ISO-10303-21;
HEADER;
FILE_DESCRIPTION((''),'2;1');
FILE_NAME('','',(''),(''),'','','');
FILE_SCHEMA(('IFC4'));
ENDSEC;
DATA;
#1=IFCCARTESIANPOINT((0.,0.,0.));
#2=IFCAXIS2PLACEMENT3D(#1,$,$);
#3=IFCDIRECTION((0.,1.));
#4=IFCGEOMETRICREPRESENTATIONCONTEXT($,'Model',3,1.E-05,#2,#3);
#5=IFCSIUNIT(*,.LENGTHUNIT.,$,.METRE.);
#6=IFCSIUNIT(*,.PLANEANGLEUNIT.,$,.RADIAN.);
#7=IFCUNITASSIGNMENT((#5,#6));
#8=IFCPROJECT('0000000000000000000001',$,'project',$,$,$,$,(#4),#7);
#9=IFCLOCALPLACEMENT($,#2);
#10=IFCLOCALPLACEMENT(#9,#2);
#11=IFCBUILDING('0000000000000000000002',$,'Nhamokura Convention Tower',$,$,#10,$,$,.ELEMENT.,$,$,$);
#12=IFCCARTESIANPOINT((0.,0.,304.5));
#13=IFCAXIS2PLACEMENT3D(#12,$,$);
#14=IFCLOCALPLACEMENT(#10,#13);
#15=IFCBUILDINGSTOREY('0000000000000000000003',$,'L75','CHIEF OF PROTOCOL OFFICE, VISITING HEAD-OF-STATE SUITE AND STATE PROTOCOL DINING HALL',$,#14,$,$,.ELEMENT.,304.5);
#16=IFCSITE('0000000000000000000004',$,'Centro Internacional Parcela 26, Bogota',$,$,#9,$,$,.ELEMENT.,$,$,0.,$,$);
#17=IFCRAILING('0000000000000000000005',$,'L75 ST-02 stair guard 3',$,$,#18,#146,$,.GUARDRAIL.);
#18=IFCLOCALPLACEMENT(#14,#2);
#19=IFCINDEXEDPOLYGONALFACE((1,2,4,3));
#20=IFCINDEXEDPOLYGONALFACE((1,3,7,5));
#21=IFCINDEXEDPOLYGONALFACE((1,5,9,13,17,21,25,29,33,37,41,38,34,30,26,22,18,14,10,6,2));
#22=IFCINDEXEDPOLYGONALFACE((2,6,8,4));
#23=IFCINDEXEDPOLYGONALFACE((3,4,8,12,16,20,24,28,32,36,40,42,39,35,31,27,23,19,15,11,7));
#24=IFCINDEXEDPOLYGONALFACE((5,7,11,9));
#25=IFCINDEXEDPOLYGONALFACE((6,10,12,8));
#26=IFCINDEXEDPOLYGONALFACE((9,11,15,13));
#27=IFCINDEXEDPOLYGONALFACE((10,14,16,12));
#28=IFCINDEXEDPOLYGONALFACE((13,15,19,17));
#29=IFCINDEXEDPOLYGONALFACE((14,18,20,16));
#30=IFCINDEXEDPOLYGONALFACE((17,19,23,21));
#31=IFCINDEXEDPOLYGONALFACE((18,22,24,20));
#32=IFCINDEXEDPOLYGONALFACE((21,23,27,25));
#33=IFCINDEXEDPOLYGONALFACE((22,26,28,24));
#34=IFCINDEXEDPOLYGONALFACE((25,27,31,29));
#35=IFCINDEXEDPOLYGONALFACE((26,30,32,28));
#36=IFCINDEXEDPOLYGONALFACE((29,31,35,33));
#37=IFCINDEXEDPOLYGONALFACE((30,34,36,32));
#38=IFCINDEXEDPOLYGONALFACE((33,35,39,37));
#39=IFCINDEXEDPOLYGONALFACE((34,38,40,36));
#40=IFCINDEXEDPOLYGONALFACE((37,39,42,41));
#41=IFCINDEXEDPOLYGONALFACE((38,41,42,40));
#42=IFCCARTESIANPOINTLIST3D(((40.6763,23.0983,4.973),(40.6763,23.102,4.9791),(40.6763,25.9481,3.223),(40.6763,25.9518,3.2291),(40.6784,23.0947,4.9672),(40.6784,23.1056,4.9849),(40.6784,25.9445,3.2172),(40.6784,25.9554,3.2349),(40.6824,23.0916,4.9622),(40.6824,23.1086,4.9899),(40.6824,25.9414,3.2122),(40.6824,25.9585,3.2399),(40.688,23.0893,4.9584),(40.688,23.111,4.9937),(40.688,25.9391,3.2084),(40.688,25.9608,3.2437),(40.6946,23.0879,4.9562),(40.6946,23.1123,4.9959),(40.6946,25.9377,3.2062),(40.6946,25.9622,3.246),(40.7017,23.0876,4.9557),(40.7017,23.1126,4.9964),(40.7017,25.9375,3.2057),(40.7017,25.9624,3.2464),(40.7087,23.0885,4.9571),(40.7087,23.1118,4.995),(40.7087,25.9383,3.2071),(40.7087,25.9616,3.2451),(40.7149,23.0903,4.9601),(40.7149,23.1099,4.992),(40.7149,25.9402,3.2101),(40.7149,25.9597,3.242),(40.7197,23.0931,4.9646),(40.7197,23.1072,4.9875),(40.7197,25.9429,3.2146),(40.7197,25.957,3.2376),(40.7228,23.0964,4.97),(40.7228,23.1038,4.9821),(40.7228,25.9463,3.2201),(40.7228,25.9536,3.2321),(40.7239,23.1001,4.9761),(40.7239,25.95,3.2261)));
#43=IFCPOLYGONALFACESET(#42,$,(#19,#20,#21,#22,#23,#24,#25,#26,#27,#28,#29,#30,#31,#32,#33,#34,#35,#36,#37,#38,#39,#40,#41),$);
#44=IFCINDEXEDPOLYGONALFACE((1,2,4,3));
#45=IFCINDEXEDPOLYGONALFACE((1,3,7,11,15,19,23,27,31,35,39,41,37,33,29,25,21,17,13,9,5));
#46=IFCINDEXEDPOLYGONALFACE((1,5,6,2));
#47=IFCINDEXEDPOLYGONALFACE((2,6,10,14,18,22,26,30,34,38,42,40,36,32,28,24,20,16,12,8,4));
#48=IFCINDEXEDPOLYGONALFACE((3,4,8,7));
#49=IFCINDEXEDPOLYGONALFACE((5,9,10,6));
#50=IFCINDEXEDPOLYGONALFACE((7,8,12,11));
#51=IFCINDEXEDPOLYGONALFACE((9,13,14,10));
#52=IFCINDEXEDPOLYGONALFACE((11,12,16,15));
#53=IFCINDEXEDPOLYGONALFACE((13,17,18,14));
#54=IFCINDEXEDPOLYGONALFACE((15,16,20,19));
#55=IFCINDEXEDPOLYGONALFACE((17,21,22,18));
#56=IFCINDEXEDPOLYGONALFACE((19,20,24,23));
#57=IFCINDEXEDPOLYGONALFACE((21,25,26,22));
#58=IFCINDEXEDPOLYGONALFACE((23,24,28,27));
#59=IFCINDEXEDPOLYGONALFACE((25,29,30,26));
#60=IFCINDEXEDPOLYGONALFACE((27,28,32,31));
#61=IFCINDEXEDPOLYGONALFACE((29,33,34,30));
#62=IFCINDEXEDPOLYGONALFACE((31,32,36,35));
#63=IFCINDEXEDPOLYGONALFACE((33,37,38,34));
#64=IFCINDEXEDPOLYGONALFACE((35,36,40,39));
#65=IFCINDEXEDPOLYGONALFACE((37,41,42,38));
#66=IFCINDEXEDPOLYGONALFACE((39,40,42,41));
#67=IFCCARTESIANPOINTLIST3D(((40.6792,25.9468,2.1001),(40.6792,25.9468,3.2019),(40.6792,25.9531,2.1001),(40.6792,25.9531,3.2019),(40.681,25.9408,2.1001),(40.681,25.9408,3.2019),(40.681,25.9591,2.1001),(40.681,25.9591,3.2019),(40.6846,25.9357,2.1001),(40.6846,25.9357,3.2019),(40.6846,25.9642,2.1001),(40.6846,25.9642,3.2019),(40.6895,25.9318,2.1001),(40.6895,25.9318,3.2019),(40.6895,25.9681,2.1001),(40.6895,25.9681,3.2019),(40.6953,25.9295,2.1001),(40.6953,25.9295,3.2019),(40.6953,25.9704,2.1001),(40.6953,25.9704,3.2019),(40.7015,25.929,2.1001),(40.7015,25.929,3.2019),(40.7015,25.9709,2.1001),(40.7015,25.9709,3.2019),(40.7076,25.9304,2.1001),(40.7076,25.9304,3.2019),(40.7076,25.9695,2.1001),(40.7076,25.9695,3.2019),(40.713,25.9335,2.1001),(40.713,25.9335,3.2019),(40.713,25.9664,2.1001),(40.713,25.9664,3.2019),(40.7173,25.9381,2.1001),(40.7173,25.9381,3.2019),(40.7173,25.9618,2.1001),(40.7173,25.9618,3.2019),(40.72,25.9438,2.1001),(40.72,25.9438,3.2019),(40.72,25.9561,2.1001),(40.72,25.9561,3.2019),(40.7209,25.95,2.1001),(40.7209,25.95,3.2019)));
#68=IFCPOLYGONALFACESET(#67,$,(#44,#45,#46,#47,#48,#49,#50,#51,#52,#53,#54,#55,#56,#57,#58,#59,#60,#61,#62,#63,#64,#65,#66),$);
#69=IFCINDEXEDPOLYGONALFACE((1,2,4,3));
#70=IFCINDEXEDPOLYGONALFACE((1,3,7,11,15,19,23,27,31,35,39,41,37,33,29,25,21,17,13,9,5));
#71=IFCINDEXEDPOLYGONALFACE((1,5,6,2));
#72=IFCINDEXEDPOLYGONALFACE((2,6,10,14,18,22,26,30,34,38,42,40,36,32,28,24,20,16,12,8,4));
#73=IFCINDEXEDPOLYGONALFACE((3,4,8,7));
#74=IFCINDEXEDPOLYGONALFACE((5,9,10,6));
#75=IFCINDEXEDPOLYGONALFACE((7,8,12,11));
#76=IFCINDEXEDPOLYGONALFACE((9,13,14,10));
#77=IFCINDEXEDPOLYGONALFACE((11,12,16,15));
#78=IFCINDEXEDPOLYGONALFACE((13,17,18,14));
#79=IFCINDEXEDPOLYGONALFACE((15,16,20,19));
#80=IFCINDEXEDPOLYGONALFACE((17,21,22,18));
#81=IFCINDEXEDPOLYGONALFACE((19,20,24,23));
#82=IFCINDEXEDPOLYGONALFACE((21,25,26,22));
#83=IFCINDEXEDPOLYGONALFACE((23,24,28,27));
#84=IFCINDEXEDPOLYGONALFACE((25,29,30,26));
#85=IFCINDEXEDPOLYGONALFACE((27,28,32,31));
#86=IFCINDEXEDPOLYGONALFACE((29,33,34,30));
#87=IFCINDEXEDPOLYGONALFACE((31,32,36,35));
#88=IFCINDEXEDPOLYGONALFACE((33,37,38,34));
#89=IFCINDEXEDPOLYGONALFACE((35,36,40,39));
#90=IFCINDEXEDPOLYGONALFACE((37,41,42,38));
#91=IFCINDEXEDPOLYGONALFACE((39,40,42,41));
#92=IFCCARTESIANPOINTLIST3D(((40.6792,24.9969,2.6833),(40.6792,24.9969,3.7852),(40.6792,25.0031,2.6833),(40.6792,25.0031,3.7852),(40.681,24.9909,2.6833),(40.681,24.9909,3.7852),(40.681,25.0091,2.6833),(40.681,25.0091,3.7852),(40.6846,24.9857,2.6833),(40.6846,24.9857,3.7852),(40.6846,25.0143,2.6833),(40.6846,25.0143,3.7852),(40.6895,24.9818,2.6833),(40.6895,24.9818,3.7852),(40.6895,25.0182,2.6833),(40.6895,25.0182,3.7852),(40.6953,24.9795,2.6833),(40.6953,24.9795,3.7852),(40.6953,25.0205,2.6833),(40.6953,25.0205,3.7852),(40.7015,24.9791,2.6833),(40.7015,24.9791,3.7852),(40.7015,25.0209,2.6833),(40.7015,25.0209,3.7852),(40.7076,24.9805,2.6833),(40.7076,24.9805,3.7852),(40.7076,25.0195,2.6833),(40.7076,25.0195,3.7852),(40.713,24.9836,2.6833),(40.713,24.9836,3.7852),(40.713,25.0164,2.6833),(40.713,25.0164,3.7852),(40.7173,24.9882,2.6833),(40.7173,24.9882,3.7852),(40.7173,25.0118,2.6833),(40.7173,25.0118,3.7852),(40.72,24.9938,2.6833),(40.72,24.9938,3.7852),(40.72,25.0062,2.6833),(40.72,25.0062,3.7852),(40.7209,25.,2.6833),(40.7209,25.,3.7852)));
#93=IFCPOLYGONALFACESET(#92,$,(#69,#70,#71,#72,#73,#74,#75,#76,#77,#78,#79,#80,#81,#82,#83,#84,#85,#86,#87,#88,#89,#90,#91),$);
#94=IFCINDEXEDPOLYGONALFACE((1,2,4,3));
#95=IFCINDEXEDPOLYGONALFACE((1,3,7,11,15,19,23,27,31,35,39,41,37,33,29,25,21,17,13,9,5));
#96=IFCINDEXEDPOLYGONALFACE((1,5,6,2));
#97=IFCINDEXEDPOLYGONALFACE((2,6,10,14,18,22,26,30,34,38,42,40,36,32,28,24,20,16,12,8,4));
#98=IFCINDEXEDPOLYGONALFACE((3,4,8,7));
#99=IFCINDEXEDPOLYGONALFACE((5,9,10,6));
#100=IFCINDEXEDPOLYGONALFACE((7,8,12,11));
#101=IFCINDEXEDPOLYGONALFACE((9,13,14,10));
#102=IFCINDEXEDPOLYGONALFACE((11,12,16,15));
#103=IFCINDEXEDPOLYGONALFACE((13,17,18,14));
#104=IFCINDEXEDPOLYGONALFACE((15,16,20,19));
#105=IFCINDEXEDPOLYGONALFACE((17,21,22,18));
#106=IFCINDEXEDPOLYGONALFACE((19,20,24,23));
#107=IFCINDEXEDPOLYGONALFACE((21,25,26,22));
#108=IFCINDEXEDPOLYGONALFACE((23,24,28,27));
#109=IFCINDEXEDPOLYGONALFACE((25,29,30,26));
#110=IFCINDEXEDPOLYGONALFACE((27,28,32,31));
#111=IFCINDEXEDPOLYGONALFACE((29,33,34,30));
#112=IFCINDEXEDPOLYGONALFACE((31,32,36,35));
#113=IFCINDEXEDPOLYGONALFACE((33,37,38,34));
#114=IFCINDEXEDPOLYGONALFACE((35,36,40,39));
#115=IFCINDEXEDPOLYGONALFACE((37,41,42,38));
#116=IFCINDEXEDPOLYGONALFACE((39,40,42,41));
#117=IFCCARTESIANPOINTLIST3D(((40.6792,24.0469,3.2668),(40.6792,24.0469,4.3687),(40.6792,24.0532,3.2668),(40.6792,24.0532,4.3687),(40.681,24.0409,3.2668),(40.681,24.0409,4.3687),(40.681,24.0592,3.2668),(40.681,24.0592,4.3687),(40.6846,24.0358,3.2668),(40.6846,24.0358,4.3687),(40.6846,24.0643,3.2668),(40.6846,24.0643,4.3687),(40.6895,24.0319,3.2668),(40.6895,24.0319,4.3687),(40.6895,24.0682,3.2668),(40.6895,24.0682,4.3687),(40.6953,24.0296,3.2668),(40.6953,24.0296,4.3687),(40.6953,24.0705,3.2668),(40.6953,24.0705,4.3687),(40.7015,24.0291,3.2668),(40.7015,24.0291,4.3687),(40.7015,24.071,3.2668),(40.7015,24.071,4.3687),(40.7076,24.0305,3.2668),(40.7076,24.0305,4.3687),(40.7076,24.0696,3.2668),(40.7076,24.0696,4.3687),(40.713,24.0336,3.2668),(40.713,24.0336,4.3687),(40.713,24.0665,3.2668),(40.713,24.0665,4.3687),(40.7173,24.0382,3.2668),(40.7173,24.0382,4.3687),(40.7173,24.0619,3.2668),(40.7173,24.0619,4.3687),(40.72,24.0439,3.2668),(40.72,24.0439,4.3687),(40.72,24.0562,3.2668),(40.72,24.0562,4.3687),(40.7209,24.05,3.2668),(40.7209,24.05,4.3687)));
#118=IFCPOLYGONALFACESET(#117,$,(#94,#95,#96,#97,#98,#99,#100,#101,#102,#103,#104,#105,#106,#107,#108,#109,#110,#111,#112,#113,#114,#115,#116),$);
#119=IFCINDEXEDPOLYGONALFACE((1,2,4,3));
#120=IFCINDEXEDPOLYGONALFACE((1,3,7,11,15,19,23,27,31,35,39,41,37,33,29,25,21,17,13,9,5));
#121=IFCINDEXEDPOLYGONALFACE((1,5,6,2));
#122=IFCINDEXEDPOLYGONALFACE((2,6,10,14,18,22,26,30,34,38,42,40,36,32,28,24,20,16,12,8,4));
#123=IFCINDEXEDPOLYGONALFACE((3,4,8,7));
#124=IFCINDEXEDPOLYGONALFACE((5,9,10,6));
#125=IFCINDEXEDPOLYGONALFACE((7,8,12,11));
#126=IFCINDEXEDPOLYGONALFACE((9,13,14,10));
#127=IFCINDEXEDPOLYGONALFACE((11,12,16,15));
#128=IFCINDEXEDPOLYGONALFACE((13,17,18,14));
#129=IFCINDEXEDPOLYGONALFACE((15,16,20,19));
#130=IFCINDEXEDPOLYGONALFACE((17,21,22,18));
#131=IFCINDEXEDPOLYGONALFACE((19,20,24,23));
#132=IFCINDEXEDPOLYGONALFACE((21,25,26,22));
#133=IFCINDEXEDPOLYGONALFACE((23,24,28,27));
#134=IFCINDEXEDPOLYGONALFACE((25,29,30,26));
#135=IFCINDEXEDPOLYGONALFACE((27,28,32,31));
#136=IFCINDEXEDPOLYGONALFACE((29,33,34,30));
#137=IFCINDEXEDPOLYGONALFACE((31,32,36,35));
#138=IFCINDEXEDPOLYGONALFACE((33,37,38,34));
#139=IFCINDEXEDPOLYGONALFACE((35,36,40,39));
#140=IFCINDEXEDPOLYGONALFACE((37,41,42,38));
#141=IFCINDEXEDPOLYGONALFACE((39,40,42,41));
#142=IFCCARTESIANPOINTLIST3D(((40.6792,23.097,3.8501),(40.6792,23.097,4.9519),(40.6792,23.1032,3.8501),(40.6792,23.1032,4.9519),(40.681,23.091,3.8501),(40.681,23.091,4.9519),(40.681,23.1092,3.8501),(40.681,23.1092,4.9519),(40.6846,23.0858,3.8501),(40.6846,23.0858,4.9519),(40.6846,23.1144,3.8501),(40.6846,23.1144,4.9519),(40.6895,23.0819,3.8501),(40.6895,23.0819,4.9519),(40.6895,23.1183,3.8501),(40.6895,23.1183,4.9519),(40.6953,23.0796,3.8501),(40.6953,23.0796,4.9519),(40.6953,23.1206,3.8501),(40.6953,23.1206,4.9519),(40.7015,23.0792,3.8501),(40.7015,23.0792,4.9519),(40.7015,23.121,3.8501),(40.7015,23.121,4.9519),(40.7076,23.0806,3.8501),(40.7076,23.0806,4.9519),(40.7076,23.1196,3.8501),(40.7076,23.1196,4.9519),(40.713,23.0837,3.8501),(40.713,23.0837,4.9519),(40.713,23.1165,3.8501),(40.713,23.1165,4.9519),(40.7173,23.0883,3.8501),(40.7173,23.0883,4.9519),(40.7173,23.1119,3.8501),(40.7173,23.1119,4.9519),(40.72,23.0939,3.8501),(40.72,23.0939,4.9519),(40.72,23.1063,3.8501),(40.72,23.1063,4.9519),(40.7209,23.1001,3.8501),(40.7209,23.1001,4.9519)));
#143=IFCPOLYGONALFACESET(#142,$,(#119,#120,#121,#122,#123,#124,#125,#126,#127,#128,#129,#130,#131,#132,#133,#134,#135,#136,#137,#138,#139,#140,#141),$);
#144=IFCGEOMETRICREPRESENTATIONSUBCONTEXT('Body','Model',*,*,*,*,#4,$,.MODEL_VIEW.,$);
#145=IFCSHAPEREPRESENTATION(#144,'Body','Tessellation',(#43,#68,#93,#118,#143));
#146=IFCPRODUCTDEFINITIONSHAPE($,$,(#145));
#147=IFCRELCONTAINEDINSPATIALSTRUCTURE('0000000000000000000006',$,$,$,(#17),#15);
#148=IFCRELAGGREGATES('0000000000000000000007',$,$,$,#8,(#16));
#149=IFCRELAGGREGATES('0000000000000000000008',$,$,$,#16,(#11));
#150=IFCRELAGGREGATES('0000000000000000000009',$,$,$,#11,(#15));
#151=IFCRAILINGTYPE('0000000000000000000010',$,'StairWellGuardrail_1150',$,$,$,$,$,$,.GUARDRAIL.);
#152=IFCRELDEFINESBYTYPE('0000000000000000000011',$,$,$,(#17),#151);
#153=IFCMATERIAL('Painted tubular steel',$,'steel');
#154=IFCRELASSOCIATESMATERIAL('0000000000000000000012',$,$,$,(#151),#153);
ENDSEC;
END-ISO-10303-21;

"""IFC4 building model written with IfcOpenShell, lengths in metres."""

from ifc_helpers import new_model, si_unit, direction, frame, origin, origin_2d, place, context, subcontext, project, spatial, circle, extrude, material, type_object, element, save


model = new_model("IFC4")

# Units and contexts
model_context = context("Model", 3, precision=1e-05, world=origin(), true_north=direction((0.0, 1.0)))
body_context = subcontext(model_context, "Body", "Model", "MODEL_VIEW")
ifc_project = project(units=[si_unit("LENGTHUNIT", "METRE"), si_unit("PLANEANGLEUNIT", "RADIAN")], contexts=[model_context])

# Site, building, storey
site_placement = place(None, origin())
site = spatial("IfcSite", under=ifc_project, at=site_placement, Name="Centro Internacional Parcela 26, Bogota", CompositionType="ELEMENT", RefElevation=0.0)
building_placement = place(site_placement, origin())
building = spatial("IfcBuilding", under=site, at=building_placement, Name="Nhamokura Convention Tower", CompositionType="ELEMENT")
storey_placement = place(building_placement, frame((0.0, 0.0, 304.5)))
storey = spatial("IfcBuildingStorey", under=building, at=storey_placement, Name="L75", Description="CHIEF OF PROTOCOL OFFICE, VISITING HEAD-OF-STATE SUITE AND STATE PROTOCOL DINING HALL", CompositionType="ELEMENT", Elevation=304.5)

# Railing
ifc_material_1 = material(Name="Painted tubular steel", Category="steel")
railing_type_1 = type_object("IfcRailingType", Name="StairWellGuardrail_1150", PredefinedType="GUARDRAIL", material=ifc_material_1)
railing_1_placement = place(storey_placement, frame((40.7, 25.95, 2.1001)))
element("IfcRailing", 1, at=railing_1_placement, inside=storey, type_object=railing_type_1, Name="L75 ST-02 stair guard 3", PredefinedType="GUARDRAIL", context=body_context, shape_type="SweptSolid", body=[
    extrude(circle(Radius=0.0239, at=origin_2d()), frame((0.0, 0.0, 1.126), z_axis=(0.0, -0.852159, 0.523283), x_axis=(1.0, 0.0, 0.0)), (0.0, 0.0, 1.0), 3.3442),
    extrude(circle(Radius=0.021, at=origin_2d()), origin(), (0.0, 0.0, 1.0), 1.1018),
    extrude(circle(Radius=0.021, at=origin_2d()), frame((0.0, -0.95, 0.5833)), (0.0, 0.0, 1.0), 1.1018),
    extrude(circle(Radius=0.021, at=origin_2d()), frame((0.0, -1.8999, 1.1667)), (0.0, 0.0, 1.0), 1.1018),
    extrude(circle(Radius=0.021, at=origin_2d()), frame((0.0, -2.8499, 1.75)), (0.0, 0.0, 1.0), 1.1018),
])

save(model, "model.ifc")
